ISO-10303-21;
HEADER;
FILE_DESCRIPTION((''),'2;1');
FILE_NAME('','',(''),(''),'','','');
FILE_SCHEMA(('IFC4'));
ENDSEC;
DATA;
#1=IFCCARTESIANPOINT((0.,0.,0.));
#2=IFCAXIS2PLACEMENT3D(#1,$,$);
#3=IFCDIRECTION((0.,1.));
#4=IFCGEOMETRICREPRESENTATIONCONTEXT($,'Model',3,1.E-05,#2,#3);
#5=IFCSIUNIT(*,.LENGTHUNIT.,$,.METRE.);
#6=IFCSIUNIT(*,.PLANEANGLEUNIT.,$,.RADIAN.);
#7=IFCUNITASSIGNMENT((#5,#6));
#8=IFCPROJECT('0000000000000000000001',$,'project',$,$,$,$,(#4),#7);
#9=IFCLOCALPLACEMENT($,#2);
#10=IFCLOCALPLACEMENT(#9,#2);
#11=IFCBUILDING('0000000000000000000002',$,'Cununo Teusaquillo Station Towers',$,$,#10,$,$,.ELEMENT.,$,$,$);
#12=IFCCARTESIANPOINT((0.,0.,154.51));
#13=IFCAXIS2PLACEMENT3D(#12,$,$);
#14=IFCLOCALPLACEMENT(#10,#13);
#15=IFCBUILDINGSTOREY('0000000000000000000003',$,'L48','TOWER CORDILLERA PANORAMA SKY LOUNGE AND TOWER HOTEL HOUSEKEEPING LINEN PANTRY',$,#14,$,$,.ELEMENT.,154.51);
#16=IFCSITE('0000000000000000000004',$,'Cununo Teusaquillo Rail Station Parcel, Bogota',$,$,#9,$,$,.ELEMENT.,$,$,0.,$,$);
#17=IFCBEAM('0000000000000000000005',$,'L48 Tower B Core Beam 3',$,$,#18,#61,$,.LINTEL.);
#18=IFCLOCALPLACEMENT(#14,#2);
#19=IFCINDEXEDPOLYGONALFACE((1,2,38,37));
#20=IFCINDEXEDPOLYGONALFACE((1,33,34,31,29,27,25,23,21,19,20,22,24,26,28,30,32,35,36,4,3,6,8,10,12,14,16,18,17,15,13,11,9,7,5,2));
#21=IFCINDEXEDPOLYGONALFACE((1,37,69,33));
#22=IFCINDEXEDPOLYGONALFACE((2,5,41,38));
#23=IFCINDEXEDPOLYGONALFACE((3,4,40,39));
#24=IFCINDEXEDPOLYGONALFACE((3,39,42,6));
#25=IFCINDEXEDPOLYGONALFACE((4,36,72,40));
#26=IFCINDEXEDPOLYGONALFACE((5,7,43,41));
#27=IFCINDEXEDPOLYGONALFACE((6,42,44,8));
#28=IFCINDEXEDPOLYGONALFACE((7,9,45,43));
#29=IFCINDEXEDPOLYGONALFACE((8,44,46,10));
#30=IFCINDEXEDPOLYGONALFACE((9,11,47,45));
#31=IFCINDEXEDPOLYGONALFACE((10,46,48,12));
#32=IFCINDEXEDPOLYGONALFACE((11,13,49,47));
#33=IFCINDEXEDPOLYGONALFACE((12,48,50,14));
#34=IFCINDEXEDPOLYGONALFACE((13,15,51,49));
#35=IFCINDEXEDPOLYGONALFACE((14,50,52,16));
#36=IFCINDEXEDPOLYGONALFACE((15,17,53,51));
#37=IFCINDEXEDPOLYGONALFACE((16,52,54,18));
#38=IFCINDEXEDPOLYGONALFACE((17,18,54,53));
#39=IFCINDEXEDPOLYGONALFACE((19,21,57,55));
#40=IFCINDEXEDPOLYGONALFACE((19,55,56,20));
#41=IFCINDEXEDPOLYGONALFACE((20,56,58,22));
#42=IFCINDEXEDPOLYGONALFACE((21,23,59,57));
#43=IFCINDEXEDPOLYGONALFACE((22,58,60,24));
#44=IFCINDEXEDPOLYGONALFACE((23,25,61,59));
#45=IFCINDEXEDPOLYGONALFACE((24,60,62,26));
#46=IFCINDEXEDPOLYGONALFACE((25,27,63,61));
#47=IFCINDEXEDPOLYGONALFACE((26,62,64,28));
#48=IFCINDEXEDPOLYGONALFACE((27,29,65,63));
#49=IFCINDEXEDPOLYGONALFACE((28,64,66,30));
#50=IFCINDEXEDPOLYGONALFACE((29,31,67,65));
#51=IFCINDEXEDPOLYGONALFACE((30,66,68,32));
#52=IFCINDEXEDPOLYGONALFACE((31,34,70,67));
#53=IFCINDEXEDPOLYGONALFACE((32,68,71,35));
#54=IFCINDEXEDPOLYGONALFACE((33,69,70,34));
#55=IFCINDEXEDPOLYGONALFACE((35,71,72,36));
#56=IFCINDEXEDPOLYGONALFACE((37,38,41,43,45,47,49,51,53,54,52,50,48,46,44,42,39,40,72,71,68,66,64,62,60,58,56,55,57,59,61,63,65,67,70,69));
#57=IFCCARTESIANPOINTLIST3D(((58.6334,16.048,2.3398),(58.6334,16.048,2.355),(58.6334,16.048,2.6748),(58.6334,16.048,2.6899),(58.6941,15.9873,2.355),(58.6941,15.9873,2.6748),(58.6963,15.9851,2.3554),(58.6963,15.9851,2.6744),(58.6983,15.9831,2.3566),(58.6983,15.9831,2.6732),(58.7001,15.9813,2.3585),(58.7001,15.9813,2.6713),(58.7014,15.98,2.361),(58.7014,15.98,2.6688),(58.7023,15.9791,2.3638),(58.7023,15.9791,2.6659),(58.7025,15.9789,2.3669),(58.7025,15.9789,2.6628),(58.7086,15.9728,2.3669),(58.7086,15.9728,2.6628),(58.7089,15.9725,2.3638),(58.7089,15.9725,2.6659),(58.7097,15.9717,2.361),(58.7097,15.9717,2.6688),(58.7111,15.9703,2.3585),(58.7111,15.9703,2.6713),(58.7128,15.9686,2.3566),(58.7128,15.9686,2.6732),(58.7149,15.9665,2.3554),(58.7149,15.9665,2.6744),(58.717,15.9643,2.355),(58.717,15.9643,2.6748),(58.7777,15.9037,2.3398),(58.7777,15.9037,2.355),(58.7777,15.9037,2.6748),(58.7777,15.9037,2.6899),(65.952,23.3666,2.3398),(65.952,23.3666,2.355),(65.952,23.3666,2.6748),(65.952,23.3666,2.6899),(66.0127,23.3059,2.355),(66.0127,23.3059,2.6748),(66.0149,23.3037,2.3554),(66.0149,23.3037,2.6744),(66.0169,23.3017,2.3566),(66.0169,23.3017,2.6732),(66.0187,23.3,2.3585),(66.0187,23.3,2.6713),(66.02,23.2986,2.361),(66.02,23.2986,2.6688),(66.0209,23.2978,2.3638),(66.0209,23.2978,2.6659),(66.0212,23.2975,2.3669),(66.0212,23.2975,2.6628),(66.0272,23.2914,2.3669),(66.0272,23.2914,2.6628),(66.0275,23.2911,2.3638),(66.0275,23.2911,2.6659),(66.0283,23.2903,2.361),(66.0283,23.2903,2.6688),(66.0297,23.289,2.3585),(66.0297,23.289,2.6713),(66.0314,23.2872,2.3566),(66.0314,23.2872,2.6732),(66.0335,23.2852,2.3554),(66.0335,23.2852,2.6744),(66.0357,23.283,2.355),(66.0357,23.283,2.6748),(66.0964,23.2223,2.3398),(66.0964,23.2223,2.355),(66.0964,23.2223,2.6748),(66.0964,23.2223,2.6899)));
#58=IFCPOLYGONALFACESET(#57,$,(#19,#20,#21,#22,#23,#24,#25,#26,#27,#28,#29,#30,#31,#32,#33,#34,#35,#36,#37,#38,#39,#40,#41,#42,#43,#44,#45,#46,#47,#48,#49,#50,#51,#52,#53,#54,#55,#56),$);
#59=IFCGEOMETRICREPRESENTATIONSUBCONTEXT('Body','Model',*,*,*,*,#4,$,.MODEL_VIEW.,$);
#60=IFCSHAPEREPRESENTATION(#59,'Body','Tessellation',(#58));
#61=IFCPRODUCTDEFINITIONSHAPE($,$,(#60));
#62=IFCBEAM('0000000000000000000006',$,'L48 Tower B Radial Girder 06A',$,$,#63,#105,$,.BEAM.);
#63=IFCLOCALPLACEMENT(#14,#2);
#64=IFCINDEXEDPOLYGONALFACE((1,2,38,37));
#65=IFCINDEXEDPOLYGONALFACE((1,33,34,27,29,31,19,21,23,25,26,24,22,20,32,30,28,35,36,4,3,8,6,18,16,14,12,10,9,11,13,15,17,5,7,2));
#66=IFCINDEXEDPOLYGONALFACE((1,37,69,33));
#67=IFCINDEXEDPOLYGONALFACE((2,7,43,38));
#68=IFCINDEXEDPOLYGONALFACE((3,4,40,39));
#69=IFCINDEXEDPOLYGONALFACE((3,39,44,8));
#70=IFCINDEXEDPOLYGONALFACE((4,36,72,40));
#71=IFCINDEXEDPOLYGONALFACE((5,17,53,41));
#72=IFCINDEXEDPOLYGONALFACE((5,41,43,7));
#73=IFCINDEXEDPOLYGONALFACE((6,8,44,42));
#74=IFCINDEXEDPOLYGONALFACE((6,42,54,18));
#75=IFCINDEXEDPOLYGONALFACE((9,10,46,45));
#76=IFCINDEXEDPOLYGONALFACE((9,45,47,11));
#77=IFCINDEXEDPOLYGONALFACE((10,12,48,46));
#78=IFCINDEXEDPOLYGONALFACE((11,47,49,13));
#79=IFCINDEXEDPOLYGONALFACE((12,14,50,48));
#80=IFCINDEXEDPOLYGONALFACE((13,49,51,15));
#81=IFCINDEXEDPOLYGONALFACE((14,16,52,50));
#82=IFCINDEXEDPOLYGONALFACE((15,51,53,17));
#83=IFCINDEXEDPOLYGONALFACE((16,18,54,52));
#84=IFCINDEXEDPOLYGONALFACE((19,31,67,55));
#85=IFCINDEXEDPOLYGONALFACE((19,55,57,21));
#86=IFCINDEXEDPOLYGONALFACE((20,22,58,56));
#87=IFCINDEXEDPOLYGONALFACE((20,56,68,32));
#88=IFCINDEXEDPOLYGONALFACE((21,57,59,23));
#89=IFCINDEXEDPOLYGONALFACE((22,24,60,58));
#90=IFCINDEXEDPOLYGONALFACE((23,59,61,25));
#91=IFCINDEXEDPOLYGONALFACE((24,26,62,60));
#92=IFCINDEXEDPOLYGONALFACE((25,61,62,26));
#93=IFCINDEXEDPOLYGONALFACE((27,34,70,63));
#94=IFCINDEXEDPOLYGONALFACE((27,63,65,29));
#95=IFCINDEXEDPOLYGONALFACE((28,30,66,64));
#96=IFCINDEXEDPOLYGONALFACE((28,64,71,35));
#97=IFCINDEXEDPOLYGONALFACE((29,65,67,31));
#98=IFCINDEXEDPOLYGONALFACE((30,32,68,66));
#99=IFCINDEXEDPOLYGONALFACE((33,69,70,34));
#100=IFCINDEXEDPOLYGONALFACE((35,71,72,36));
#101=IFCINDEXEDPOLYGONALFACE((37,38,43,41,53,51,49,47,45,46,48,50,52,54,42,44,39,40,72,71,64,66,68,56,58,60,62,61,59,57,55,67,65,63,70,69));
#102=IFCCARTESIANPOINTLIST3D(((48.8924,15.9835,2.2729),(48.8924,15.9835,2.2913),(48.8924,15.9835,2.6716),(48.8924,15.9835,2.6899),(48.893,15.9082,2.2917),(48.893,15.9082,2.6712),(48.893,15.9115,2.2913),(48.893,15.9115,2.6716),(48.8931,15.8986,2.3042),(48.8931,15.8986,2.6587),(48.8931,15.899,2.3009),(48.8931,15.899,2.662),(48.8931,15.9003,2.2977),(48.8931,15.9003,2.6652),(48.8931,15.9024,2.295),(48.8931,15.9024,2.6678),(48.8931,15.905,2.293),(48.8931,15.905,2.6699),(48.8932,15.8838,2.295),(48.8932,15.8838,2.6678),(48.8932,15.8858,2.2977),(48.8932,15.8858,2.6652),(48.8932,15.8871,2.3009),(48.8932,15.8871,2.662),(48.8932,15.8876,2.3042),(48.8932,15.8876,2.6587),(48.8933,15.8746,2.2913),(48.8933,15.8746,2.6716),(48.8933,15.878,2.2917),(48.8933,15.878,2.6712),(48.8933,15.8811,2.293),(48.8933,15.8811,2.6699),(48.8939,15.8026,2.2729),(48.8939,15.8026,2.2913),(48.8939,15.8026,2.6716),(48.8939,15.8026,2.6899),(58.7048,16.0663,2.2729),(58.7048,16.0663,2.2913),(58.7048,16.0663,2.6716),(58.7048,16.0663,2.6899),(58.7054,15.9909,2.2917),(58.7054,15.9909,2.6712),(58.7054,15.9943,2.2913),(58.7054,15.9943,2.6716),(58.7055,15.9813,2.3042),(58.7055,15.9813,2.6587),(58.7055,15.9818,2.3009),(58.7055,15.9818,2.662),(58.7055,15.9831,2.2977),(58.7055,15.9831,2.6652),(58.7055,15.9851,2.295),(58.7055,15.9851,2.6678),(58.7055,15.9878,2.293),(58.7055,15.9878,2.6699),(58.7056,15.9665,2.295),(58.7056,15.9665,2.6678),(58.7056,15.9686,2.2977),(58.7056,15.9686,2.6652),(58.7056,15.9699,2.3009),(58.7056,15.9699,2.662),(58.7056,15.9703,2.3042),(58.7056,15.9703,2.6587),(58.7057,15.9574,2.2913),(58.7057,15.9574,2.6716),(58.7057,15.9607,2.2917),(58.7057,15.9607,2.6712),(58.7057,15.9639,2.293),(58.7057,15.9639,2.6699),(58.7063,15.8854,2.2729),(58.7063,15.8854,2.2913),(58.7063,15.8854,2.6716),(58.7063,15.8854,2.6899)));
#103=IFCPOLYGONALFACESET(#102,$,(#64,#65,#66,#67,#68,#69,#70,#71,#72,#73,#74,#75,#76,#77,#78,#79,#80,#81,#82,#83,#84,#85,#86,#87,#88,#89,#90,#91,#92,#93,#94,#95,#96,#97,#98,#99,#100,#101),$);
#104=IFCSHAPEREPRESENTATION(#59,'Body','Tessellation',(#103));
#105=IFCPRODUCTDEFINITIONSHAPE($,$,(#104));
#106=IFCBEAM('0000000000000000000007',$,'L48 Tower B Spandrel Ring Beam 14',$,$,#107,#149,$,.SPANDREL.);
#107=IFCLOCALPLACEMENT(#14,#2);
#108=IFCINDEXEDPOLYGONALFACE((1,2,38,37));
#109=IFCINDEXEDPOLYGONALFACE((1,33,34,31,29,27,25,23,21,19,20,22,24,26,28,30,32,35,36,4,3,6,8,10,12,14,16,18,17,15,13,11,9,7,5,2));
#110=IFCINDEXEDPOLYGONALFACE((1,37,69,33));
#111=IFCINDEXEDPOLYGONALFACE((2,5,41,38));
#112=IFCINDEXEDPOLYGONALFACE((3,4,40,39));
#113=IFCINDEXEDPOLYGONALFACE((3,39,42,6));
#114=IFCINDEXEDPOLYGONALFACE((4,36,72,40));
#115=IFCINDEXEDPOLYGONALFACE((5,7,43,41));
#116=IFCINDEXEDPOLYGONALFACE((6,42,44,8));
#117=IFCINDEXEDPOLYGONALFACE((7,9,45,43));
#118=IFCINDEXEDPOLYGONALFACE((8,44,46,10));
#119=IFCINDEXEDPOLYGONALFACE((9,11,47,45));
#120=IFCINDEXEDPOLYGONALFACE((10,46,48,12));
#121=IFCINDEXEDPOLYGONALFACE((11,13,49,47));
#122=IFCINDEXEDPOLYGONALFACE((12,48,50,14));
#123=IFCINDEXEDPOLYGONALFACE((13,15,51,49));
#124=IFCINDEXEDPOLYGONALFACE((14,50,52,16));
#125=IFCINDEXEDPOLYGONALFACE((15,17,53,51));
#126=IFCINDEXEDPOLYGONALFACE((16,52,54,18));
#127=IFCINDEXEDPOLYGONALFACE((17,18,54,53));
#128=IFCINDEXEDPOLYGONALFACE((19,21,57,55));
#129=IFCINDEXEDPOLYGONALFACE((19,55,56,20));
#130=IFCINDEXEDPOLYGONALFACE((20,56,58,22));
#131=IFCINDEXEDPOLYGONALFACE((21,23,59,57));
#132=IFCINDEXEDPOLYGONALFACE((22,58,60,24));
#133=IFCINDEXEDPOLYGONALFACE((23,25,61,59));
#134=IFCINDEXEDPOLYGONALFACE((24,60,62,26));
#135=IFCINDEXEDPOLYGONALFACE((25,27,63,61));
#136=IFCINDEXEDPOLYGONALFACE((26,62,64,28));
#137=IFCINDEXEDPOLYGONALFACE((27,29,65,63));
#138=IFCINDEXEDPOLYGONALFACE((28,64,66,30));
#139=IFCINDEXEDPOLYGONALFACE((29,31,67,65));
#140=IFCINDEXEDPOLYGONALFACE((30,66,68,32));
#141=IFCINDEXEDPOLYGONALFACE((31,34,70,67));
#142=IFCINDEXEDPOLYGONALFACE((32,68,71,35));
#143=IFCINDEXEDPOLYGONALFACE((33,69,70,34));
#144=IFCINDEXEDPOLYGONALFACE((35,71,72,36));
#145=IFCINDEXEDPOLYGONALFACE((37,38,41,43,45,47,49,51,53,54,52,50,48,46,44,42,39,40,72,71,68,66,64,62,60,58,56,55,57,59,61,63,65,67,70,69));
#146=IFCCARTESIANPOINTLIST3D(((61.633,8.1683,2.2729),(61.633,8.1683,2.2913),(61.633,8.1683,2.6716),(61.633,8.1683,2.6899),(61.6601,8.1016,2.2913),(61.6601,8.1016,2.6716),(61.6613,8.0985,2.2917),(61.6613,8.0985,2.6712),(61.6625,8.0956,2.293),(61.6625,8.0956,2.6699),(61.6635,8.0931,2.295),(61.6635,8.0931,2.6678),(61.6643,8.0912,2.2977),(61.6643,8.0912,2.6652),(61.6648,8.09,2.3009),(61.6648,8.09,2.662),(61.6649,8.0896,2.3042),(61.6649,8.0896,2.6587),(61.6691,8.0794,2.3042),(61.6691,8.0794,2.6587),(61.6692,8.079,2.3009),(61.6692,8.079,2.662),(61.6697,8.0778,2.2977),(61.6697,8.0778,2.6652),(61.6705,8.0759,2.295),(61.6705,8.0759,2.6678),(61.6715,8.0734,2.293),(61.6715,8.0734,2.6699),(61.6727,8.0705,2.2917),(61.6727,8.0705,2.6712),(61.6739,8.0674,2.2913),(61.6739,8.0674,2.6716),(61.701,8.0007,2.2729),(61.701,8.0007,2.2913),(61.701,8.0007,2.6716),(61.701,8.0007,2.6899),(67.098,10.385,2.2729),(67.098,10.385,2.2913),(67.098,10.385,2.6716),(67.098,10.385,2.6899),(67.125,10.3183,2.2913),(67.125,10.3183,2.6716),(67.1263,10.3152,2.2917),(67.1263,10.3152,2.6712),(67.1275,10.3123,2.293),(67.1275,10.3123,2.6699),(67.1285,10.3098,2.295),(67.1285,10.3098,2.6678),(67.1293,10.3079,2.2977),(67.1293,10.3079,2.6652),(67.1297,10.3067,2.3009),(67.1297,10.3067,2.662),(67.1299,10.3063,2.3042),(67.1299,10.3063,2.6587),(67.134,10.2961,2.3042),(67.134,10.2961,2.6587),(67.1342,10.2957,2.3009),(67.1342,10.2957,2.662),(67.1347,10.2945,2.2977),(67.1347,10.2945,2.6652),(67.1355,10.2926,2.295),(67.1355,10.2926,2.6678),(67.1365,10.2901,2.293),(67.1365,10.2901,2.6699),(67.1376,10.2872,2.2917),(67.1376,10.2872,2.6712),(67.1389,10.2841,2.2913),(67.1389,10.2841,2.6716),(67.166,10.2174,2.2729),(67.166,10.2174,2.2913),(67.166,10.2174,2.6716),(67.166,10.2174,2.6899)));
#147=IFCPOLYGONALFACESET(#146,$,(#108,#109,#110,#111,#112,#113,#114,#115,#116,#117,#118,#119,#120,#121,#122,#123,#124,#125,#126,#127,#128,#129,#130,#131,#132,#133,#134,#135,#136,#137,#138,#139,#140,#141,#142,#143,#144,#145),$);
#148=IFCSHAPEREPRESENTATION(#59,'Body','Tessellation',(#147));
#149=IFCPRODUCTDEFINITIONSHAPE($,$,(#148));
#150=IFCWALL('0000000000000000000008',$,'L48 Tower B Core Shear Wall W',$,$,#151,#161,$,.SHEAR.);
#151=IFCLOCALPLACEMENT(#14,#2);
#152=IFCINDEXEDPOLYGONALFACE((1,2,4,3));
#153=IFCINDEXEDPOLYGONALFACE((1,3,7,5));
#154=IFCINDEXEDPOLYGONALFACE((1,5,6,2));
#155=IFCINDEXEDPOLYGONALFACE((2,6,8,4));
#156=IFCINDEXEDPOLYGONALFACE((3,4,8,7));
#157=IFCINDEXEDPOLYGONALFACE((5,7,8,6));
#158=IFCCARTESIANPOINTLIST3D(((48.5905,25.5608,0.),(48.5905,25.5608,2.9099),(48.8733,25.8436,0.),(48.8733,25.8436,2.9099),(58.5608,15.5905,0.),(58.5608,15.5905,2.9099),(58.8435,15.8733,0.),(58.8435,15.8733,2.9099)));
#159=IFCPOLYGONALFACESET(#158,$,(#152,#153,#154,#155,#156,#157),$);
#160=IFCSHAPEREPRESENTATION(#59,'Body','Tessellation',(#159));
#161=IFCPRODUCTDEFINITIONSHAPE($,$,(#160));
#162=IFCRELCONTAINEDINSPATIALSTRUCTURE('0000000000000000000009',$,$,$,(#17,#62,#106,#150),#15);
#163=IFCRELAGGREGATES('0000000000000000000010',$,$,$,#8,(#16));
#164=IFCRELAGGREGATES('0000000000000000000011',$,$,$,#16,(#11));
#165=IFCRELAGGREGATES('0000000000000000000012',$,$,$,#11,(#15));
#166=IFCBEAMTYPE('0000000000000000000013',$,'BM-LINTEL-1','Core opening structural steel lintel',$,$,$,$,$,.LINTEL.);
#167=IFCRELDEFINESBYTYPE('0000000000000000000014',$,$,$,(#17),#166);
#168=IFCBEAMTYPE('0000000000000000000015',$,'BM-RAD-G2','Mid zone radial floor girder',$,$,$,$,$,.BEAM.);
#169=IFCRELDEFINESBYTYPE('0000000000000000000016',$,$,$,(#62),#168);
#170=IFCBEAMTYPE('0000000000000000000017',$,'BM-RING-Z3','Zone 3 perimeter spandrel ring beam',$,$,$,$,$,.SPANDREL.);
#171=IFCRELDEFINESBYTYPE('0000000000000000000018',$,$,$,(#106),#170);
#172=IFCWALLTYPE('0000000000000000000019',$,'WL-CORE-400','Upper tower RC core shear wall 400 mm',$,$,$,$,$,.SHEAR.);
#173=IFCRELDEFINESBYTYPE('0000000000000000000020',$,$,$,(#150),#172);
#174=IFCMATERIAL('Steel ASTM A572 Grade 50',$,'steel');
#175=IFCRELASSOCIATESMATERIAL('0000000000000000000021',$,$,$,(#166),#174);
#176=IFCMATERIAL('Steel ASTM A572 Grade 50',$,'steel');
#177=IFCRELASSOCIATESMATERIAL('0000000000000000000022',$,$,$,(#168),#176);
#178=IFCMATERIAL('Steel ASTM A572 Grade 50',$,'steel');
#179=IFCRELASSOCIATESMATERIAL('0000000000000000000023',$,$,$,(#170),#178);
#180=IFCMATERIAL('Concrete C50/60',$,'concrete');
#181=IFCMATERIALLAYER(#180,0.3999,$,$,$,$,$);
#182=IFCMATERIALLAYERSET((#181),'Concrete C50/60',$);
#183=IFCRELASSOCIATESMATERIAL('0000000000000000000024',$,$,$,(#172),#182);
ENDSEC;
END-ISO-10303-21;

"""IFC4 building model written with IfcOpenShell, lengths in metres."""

from ifc_helpers import new_model, si_unit, direction, frame, frame_2d, origin, origin_2d, place, context, subcontext, project, spatial, rectangle, i_section, extrude, material, layer, layer_set, material_profile, profile_set, type_object, element, save


model = new_model("IFC4")

# Units and contexts
model_context = context("Model", 3, precision=1e-05, world=origin(), true_north=direction((0.0, 1.0)))
body_context = subcontext(model_context, "Body", "Model", "MODEL_VIEW")
ifc_project = project(units=[si_unit("LENGTHUNIT", "METRE"), si_unit("PLANEANGLEUNIT", "RADIAN")], contexts=[model_context])

# Site, building, storey
site_placement = place(None, origin())
site = spatial("IfcSite", under=ifc_project, at=site_placement, Name="Cununo Teusaquillo Rail Station Parcel, Bogota", CompositionType="ELEMENT", RefElevation=0.0)
building_placement = place(site_placement, origin())
building = spatial("IfcBuilding", under=site, at=building_placement, Name="Cununo Teusaquillo Station Towers", CompositionType="ELEMENT")
storey_placement = place(building_placement, frame((0.0, 0.0, 154.51)))
storey = spatial("IfcBuildingStorey", under=building, at=storey_placement, Name="L48", Description="TOWER CORDILLERA PANORAMA SKY LOUNGE AND TOWER HOTEL HOUSEKEEPING LINEN PANTRY", CompositionType="ELEMENT", Elevation=154.51)

# Beams
ifc_material_1 = material(Name="Steel ASTM A572 Grade 50", Category="steel")
ifc_material_profile_1 = material_profile(ifc_material_1, i_section(OverallWidth=0.2041, OverallDepth=0.3501, WebThickness=0.0085, FlangeThickness=0.0151, FilletRadius=0.012, at=origin_2d()), Name="W14X48")
ifc_profile_set_1 = profile_set([ifc_material_profile_1], Name="Steel ASTM A572 Grade 50")
beam_type_1 = type_object("IfcBeamType", Name="BM-LINTEL-1", Description="Core opening structural steel lintel", PredefinedType="LINTEL", material=ifc_profile_set_1)
beam_1_placement = place(storey_placement, frame((58.7056, 15.9758, 2.5149), z_axis=(0.707107, 0.707107, 0.0), x_axis=(-0.707107, 0.707107, 0.0)))
element("IfcBeam", 1, at=beam_1_placement, inside=storey, type_object=beam_type_1, Name="L48 Tower B Core Beam 3", PredefinedType="LINTEL", context=body_context, shape_type="SweptSolid", body=[
    extrude(i_section(OverallWidth=0.2041, OverallDepth=0.3501, WebThickness=0.0085, FlangeThickness=0.0151, FilletRadius=0.012, at=origin_2d()), origin(), (0.0, 0.0, 1.0), 10.3501),
])
ifc_material_2 = material(Name="Steel ASTM A572 Grade 50", Category="steel")
ifc_material_profile_2 = material_profile(ifc_material_2, i_section(OverallWidth=0.1809, OverallDepth=0.417, WebThickness=0.011, FlangeThickness=0.0183, FilletRadius=0.0129, at=origin_2d()), Name="W16X57")
ifc_profile_set_2 = profile_set([ifc_material_profile_2], Name="Steel ASTM A572 Grade 50")
beam_type_2 = type_object("IfcBeamType", Name="BM-RAD-G2", Description="Mid zone radial floor girder", PredefinedType="BEAM", material=ifc_profile_set_2)
beam_2_placement = place(storey_placement, frame((58.7056, 15.9758, 2.4814), z_axis=(-0.999964, -0.008434, 0.0), x_axis=(0.008434, -0.999964, 0.0)))
element("IfcBeam", 2, at=beam_2_placement, inside=storey, type_object=beam_type_2, Name="L48 Tower B Radial Girder 06A", PredefinedType="BEAM", context=body_context, shape_type="SweptSolid", body=[
    extrude(i_section(OverallWidth=0.1809, OverallDepth=0.417, WebThickness=0.011, FlangeThickness=0.0183, FilletRadius=0.0129, at=origin_2d()), origin(), (0.0, 0.0, 1.0), 9.8127),
])
ifc_material_3 = material(Name="Steel ASTM A572 Grade 50", Category="steel")
ifc_material_profile_3 = material_profile(ifc_material_3, i_section(OverallWidth=0.1809, OverallDepth=0.417, WebThickness=0.011, FlangeThickness=0.0183, FilletRadius=0.0129, at=origin_2d()), Name="W16X57")
ifc_profile_set_3 = profile_set([ifc_material_profile_3], Name="Steel ASTM A572 Grade 50")
beam_type_3 = type_object("IfcBeamType", Name="BM-RING-Z3", Description="Zone 3 perimeter spandrel ring beam", PredefinedType="SPANDREL", material=ifc_profile_set_3)
beam_3_placement = place(storey_placement, frame((61.667, 8.0845, 2.4814), z_axis=(0.926667, 0.375883, 0.0), x_axis=(-0.375883, 0.926667, 0.0)))
element("IfcBeam", 3, at=beam_3_placement, inside=storey, type_object=beam_type_3, Name="L48 Tower B Spandrel Ring Beam 14", PredefinedType="SPANDREL", context=body_context, shape_type="SweptSolid", body=[
    extrude(i_section(OverallWidth=0.1809, OverallDepth=0.417, WebThickness=0.011, FlangeThickness=0.0183, FilletRadius=0.0129, at=origin_2d()), origin(), (0.0, 0.0, 1.0), 5.8975),
])

# Wall
ifc_material_4 = material(Name="Concrete C50/60", Category="concrete")
ifc_layer_1 = layer(ifc_material_4, 0.3999)
ifc_layer_set_1 = layer_set([ifc_layer_1], Name="Concrete C50/60")
wall_type_1 = type_object("IfcWallType", Name="WL-CORE-400", Description="Upper tower RC core shear wall 400 mm", PredefinedType="SHEAR", material=ifc_layer_set_1)
wall_1_placement = place(storey_placement, frame((58.7021, 15.7319, 0.0), z_axis=(0.0, 0.0, 1.0), x_axis=(-0.707107, 0.707107, 0.0)))
element("IfcWall", 4, at=wall_1_placement, inside=storey, type_object=wall_type_1, Name="L48 Tower B Core Shear Wall W", PredefinedType="SHEAR", context=body_context, shape_type="SweptSolid", body=[
    extrude(rectangle(XDim=14.1001, YDim=0.3999, at=frame_2d((7.05, 0.0))), origin(), (0.0, 0.0, 1.0), 2.9099),
])

save(model, "model.ifc")
